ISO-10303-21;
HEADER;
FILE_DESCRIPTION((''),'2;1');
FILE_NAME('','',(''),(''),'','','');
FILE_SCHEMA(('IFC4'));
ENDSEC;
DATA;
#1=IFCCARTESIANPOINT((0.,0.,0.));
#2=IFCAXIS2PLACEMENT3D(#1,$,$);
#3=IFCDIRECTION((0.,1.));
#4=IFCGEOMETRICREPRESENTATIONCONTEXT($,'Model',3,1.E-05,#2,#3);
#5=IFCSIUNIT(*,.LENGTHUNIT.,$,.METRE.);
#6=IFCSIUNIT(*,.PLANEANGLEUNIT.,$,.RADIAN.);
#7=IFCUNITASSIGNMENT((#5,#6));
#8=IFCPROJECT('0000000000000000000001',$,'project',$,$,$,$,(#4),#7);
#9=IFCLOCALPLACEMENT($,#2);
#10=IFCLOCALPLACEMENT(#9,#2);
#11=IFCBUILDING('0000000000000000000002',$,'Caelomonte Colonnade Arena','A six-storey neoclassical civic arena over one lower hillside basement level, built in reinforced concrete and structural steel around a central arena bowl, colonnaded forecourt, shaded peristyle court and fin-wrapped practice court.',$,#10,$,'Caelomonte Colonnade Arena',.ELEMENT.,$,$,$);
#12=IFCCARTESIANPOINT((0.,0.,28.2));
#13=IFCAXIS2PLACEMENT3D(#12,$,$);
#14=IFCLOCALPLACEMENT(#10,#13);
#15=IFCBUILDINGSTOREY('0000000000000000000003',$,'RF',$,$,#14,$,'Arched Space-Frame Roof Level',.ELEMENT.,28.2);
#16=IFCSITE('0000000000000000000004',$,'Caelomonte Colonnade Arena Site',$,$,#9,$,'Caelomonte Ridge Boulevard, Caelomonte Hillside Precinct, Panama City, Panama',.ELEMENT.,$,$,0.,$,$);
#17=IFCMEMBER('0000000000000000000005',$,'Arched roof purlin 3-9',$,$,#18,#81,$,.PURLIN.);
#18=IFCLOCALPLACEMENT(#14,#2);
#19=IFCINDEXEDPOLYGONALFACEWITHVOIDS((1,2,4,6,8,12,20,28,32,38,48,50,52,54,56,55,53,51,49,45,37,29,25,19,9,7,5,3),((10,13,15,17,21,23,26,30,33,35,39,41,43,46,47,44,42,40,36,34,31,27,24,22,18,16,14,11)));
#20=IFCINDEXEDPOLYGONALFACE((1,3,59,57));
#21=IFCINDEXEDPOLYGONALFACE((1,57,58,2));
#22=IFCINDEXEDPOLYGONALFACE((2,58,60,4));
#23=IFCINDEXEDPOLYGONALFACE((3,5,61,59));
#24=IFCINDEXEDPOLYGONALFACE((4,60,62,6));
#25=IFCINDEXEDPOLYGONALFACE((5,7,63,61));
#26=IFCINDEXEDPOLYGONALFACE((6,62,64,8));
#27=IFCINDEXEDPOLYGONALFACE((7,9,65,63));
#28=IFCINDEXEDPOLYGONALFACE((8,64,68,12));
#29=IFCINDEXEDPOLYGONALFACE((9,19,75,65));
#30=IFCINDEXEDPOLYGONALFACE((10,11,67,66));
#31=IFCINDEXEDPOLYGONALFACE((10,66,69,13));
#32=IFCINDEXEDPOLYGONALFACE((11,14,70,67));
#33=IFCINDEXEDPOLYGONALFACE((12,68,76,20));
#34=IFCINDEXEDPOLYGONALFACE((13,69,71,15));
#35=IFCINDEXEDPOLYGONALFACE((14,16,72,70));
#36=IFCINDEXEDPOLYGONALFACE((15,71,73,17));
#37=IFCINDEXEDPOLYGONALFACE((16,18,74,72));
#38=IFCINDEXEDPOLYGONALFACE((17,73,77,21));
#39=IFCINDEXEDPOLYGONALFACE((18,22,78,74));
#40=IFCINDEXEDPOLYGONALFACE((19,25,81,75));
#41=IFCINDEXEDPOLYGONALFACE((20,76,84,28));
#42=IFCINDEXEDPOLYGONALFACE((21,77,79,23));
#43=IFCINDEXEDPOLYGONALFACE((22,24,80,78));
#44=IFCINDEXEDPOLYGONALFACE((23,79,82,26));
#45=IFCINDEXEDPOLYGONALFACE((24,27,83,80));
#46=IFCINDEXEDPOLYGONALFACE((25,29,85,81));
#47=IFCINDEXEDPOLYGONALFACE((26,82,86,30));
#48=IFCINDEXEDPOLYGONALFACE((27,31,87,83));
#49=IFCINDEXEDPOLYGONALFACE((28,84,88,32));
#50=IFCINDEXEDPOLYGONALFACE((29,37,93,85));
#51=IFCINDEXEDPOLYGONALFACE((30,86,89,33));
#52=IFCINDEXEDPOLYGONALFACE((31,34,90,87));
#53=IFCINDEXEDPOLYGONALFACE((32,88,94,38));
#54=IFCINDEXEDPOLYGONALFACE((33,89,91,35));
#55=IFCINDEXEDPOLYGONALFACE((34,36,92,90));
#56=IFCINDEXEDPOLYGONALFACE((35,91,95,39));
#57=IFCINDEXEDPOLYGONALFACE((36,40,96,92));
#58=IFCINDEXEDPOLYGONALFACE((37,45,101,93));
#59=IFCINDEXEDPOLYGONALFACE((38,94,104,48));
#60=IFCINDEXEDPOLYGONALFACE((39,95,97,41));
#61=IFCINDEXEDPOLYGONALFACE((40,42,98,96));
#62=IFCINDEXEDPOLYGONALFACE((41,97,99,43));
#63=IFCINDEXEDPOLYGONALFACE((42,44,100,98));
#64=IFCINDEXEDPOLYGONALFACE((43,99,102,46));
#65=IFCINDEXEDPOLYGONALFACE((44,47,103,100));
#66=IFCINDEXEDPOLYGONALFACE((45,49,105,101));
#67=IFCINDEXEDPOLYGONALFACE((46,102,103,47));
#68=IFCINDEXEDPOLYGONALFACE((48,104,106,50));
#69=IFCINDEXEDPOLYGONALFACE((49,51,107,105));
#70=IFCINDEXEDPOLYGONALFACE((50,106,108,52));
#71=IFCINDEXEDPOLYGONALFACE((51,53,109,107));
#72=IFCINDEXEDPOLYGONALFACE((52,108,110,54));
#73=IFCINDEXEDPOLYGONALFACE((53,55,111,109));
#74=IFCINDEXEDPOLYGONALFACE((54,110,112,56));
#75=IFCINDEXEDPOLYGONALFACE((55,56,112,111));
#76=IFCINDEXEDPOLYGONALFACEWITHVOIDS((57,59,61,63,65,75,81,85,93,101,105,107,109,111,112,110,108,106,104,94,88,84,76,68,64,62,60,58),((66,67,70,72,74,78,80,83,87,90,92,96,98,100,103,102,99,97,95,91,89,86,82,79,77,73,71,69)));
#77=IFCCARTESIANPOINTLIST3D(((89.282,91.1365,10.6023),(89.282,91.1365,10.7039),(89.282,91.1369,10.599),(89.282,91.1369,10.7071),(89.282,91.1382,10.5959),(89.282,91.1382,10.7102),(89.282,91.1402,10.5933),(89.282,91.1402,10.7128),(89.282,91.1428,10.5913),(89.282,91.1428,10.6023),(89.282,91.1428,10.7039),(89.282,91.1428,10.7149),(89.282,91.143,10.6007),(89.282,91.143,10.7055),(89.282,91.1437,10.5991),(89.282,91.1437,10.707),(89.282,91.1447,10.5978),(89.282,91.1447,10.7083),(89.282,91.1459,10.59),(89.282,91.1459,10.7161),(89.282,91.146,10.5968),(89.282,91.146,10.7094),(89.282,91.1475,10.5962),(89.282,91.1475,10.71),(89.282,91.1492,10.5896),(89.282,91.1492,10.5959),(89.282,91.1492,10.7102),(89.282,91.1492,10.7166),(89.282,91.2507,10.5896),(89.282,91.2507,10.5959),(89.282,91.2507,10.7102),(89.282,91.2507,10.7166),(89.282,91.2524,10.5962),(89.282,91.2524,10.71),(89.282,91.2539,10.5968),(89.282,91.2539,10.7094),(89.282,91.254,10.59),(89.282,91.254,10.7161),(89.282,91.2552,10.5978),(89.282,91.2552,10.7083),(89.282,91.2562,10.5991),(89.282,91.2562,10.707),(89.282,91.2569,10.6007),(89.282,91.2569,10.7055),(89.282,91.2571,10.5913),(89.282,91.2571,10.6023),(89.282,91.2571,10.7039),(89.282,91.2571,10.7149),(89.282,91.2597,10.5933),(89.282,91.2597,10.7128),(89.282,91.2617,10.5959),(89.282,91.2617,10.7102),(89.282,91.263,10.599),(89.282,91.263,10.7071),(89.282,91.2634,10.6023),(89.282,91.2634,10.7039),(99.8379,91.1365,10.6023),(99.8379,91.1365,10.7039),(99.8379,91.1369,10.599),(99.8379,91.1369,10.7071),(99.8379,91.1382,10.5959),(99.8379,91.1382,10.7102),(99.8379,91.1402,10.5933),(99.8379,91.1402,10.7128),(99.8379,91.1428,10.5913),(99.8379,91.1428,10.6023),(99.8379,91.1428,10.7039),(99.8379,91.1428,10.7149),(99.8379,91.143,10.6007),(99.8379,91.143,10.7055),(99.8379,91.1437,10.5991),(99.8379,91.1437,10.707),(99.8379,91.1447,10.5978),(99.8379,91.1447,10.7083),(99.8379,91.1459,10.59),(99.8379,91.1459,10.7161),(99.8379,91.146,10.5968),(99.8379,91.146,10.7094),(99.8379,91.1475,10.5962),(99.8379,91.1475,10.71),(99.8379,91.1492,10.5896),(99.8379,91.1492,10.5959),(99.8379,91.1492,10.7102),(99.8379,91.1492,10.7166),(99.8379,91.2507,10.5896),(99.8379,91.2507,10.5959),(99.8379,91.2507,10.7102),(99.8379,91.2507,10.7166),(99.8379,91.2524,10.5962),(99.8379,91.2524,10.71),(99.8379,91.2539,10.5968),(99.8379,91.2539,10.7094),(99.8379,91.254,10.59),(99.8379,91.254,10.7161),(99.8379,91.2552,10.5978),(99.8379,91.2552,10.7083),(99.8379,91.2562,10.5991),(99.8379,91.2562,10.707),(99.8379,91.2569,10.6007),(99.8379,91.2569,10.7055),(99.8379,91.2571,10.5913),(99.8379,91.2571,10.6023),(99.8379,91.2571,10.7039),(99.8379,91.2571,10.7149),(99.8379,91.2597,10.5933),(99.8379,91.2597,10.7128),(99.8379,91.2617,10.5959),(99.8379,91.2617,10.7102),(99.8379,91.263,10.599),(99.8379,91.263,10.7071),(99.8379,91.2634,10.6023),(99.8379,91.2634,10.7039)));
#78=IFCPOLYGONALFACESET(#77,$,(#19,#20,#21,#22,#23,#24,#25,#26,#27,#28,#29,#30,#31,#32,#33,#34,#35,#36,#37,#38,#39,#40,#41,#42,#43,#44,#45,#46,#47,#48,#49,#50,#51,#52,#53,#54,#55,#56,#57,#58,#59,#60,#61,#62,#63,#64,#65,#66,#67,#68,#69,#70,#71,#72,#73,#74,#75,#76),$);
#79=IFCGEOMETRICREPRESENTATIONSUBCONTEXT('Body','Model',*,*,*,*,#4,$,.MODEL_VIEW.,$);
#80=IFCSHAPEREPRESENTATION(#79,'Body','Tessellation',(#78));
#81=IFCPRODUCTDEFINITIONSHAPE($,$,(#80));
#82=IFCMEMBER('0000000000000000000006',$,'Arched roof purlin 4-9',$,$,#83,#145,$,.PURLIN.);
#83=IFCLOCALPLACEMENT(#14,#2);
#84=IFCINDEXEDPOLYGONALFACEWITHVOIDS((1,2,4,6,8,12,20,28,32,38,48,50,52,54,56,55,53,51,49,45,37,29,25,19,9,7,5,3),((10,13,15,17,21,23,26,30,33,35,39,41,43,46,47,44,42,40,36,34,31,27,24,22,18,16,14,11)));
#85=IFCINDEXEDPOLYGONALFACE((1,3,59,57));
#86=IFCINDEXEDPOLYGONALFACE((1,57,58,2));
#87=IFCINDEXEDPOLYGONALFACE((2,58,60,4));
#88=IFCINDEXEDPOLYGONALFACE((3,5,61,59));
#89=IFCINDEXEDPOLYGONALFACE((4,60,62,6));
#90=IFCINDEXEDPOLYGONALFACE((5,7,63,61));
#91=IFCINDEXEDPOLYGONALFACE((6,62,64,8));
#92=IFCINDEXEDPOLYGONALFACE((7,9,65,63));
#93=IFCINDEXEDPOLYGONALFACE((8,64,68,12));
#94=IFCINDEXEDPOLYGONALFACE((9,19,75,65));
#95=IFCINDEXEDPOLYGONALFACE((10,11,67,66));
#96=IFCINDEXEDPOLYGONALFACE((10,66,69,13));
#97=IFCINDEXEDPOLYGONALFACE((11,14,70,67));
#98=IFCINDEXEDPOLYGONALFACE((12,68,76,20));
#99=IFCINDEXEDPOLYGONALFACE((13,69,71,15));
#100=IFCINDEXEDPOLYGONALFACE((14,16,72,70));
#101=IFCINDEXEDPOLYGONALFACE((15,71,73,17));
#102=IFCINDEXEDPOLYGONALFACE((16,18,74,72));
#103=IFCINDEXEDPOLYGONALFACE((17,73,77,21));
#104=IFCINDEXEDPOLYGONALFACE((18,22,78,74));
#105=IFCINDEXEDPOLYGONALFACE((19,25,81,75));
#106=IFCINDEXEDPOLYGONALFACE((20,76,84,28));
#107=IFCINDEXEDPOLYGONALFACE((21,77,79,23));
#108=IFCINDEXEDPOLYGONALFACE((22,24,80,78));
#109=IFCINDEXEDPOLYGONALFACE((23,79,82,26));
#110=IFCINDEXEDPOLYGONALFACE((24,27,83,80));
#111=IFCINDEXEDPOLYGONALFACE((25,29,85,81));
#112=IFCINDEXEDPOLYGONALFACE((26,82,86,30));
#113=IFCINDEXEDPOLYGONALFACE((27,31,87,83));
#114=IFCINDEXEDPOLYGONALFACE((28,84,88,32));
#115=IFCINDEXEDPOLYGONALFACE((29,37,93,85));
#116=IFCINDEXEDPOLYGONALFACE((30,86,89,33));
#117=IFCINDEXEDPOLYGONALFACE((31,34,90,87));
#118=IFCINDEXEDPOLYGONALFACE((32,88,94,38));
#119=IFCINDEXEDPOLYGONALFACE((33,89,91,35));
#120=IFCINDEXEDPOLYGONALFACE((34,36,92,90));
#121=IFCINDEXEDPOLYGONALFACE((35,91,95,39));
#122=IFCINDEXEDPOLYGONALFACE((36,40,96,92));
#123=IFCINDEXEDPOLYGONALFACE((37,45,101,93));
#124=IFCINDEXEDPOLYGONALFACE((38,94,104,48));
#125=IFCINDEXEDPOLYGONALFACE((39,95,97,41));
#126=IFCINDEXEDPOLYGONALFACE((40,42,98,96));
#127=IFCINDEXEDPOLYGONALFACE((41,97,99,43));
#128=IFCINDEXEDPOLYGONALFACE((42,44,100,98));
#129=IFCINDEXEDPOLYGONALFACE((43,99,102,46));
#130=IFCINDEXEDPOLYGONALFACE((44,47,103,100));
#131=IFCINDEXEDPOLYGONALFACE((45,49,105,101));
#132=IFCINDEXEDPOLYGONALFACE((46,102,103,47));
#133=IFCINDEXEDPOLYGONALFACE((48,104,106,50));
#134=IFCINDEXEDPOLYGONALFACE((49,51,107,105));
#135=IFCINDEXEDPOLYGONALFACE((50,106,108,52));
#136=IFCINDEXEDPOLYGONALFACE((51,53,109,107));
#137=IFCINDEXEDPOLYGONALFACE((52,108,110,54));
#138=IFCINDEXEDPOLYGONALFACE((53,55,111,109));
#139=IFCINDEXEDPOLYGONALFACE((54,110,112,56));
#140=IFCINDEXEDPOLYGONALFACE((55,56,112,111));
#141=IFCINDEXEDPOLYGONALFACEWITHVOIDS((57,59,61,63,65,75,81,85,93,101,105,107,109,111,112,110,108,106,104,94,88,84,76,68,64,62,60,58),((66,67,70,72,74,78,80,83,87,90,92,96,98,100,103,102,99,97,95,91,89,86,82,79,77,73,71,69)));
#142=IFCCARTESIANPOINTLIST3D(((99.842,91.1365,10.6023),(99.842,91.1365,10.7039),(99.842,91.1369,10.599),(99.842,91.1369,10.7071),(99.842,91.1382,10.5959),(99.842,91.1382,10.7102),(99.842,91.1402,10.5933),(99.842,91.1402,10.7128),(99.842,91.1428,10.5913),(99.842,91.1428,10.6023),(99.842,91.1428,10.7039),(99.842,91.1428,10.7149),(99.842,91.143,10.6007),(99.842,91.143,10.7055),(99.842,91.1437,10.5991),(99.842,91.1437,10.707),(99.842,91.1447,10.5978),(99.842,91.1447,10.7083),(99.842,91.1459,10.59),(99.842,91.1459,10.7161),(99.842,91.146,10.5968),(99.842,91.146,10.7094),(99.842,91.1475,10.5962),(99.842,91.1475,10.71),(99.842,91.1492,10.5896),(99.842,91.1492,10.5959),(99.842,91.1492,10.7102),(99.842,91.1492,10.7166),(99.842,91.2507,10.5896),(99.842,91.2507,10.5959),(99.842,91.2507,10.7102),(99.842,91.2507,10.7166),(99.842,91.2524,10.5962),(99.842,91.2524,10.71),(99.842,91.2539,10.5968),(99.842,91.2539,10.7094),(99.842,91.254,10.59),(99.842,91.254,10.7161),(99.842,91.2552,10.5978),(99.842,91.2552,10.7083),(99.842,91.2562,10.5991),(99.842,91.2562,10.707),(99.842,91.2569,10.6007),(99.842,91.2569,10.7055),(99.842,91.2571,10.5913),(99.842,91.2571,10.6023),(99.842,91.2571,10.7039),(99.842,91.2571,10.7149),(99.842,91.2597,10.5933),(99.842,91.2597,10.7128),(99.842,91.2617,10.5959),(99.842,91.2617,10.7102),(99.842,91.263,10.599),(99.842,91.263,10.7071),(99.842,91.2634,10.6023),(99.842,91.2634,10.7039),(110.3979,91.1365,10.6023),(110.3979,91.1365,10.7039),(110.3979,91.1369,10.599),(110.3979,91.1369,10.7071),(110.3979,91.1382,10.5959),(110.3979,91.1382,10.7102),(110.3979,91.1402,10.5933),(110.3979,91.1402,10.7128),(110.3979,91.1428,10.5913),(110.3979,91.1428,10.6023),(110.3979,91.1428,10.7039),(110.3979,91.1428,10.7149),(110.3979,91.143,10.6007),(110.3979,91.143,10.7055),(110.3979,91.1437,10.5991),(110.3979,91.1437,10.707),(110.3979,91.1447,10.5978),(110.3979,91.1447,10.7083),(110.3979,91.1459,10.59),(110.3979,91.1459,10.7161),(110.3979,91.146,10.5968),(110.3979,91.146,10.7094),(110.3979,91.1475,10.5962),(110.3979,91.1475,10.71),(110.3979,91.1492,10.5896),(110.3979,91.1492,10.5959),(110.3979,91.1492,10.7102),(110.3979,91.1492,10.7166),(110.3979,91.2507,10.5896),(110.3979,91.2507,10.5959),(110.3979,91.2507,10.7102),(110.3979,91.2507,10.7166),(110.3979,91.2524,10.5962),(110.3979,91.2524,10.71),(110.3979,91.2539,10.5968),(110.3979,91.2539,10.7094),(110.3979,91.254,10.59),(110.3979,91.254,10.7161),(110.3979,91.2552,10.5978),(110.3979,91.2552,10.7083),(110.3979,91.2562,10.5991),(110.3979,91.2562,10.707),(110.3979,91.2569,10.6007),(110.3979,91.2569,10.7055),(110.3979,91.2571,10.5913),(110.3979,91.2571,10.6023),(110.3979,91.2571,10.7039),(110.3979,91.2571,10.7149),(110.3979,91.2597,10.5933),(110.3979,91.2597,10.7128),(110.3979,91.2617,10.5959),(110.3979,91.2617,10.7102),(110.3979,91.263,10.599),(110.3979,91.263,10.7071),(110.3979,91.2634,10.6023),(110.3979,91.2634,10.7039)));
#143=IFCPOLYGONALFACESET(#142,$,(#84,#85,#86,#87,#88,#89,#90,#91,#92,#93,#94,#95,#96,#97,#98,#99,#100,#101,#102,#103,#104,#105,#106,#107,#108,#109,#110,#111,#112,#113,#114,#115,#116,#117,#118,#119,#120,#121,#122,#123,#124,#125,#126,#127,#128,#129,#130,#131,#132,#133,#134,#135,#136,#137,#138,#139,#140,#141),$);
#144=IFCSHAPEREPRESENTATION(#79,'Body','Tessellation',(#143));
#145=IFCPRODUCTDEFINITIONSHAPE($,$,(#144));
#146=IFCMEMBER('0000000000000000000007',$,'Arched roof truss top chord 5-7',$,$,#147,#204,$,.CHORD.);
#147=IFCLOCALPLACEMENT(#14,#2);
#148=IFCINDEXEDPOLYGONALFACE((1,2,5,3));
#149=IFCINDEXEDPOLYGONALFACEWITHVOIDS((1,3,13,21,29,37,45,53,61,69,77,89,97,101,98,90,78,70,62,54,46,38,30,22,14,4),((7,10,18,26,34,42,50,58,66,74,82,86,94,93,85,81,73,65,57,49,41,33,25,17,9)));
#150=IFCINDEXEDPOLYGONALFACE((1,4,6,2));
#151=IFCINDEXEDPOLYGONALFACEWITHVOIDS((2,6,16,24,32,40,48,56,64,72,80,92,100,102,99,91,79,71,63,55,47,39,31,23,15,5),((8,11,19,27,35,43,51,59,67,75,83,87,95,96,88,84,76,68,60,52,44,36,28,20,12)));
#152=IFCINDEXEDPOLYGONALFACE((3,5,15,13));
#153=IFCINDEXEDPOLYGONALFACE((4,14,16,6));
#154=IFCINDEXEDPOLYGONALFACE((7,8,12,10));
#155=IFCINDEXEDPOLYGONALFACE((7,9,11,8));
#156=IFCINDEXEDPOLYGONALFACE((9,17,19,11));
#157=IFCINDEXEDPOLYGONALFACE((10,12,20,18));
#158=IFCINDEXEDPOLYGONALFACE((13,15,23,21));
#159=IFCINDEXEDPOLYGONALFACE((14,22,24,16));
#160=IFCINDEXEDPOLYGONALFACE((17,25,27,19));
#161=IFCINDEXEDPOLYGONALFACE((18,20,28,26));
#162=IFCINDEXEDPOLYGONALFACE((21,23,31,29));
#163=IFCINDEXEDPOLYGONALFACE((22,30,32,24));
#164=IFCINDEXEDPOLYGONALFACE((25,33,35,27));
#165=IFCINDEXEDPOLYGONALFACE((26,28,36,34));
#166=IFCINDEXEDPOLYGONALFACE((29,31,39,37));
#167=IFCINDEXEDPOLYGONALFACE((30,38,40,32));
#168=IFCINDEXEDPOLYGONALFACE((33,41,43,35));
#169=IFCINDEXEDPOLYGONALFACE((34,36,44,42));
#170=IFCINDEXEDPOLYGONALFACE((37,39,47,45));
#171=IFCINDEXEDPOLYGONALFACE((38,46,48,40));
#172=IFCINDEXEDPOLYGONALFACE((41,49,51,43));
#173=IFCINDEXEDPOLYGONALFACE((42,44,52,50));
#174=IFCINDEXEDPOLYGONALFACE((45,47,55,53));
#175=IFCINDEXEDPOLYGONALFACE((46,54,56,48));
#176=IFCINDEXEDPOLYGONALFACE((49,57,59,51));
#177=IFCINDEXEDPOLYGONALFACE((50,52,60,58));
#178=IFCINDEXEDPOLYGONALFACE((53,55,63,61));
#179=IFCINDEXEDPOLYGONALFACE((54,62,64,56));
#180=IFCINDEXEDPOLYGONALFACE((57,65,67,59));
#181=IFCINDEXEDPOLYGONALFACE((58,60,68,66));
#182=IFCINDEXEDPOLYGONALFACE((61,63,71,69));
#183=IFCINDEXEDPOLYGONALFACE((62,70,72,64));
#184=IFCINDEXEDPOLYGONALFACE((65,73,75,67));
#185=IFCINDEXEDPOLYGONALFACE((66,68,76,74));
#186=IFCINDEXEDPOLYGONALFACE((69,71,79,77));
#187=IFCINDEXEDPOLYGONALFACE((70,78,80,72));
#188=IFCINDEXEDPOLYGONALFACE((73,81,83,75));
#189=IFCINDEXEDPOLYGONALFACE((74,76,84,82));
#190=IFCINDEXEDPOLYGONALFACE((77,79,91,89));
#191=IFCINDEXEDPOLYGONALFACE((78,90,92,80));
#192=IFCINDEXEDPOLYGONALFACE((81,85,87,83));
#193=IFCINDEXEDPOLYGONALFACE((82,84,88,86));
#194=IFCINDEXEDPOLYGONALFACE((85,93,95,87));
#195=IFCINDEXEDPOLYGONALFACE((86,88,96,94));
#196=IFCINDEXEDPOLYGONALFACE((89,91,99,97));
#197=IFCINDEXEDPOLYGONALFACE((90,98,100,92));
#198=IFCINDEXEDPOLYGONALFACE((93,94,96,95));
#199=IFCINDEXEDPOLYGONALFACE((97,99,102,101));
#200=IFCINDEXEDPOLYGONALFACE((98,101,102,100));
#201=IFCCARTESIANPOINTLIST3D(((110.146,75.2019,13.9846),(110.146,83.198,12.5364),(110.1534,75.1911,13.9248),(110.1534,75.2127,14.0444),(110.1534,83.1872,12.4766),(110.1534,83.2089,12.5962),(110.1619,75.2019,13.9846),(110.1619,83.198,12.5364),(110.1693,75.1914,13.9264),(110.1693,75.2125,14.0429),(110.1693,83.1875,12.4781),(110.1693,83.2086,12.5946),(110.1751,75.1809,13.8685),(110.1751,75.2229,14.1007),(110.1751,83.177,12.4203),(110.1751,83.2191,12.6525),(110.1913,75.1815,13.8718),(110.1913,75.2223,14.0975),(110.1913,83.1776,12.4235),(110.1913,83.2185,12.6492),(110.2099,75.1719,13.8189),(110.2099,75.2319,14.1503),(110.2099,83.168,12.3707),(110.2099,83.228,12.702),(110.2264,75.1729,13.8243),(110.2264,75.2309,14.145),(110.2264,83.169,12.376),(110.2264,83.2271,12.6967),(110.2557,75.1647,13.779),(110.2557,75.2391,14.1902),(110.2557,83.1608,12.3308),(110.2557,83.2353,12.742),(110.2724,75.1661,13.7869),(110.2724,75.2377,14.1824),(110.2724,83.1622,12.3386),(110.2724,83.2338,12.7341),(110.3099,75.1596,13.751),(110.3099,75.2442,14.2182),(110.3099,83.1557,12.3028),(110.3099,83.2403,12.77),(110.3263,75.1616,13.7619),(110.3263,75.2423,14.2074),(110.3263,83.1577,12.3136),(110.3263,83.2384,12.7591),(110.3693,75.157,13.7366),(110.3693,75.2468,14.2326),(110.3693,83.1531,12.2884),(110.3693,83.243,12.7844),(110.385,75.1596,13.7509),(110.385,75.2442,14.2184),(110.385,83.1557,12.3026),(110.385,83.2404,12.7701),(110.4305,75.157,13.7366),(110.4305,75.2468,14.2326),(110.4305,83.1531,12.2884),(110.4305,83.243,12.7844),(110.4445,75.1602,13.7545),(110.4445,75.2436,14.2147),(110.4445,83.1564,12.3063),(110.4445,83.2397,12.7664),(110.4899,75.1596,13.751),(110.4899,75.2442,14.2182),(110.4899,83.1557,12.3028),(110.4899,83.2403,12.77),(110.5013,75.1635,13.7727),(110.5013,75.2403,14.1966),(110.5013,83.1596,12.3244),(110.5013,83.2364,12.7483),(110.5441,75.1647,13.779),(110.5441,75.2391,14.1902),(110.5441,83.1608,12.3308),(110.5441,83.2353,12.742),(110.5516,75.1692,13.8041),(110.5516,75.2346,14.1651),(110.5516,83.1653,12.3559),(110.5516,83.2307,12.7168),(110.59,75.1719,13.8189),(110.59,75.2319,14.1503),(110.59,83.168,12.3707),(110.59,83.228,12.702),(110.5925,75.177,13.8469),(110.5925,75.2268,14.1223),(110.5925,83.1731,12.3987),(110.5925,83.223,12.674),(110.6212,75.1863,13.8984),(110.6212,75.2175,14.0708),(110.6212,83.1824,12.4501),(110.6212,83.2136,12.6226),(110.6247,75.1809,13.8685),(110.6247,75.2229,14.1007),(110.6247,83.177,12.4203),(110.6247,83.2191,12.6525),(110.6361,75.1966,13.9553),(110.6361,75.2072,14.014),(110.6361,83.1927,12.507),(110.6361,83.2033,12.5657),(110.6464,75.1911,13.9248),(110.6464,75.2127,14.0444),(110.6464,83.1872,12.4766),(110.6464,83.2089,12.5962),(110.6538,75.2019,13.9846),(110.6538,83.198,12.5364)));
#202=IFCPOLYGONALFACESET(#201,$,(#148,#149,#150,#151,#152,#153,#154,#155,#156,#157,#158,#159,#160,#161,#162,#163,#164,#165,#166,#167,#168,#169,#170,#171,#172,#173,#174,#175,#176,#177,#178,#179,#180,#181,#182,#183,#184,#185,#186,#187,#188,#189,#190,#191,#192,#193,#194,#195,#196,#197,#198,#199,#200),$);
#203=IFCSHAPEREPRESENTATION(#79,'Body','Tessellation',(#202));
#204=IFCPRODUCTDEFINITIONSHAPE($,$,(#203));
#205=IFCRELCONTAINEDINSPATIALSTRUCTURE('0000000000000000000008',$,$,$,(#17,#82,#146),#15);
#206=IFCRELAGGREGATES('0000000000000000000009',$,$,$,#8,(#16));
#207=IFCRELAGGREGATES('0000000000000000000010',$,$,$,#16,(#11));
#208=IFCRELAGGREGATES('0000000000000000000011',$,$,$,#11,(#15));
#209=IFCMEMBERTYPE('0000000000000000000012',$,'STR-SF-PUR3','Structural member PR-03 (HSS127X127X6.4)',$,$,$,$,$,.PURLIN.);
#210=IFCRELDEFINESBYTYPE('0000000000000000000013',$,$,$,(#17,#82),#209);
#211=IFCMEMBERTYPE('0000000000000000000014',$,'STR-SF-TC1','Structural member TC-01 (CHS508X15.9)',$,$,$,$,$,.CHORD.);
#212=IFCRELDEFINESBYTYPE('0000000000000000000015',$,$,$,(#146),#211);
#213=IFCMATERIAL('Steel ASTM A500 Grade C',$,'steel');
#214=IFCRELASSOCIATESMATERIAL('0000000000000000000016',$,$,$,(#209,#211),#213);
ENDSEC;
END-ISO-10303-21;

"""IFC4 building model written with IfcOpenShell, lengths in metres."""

from ifc_helpers import new_model, si_unit, direction, frame, origin, origin_2d, place, context, subcontext, project, spatial, hollow_rectangle, hollow_circle, extrude, material, material_profile, profile_set, type_object, element, save


model = new_model("IFC4")

# Units and contexts
model_context = context("Model", 3, precision=1e-05, world=origin(), true_north=direction((0.0, 1.0)))
body_context = subcontext(model_context, "Body", "Model", "MODEL_VIEW")
ifc_project = project(units=[si_unit("LENGTHUNIT", "METRE"), si_unit("PLANEANGLEUNIT", "RADIAN")], contexts=[model_context])

# Site, building, storey
site_placement = place(None, origin())
site = spatial("IfcSite", under=ifc_project, at=site_placement, Name="Caelomonte Colonnade Arena Site", LongName="Caelomonte Ridge Boulevard, Caelomonte Hillside Precinct, Panama City, Panama", CompositionType="ELEMENT", RefElevation=0.0)
building_placement = place(site_placement, origin())
building = spatial("IfcBuilding", under=site, at=building_placement, Name="Caelomonte Colonnade Arena", Description="A six-storey neoclassical civic arena over one lower hillside basement level, built in reinforced concrete and structural steel around a central arena bowl, colonnaded forecourt, shaded peristyle court and fin-wrapped practice court.", LongName="Caelomonte Colonnade Arena", CompositionType="ELEMENT")
storey_placement = place(building_placement, frame((0.0, 0.0, 28.2)))
storey = spatial("IfcBuildingStorey", under=building, at=storey_placement, Name="RF", LongName="Arched Space-Frame Roof Level", CompositionType="ELEMENT", Elevation=28.2)

# Members
ifc_material_1 = material(Name="Steel ASTM A500 Grade C", Category="steel")
ifc_material_profile_1 = material_profile(ifc_material_1, hollow_rectangle(XDim=0.127, YDim=0.127, WallThickness=0.0063, InnerFilletRadius=0.0063, OuterFilletRadius=0.0127, at=origin_2d()), Name="HSS127X127X6.4")
ifc_profile_set_1 = profile_set([ifc_material_profile_1], Name="Steel ASTM A500 Grade C")
member_type_1 = type_object("IfcMemberType", Name="STR-SF-PUR3", Description="Structural member PR-03 (HSS127X127X6.4)", PredefinedType="PURLIN", material=ifc_profile_set_1)
for number, where, z_axis, x_axis, name in (
    (1, (89.282, 91.2, 10.6531), (1.0, 0.0, 0.0), (0.0, 1.0, 0.0), "Arched roof purlin 3-9"),
    (2, (99.842, 91.2, 10.6531), (1.0, 0.0, 0.0), (0.0, 1.0, 0.0), "Arched roof purlin 4-9"),
):
    element("IfcMember", number, at=place(storey_placement, frame(where, z_axis=z_axis, x_axis=x_axis)), inside=storey, type_object=member_type_1, Name=name, PredefinedType="PURLIN", context=body_context, shape_type="SweptSolid", body=[
        extrude(hollow_rectangle(XDim=0.127, YDim=0.127, WallThickness=0.0063, InnerFilletRadius=0.0063, OuterFilletRadius=0.0127, at=origin_2d()), origin(), (0.0, 0.0, 1.0), 10.5559),
    ])
ifc_material_profile_2 = material_profile(ifc_material_1, hollow_circle(Radius=0.2539, WallThickness=0.0159, at=origin_2d()), Name="CHS508X15.9")
ifc_profile_set_2 = profile_set([ifc_material_profile_2], Name="Steel ASTM A500 Grade C")
member_type_2 = type_object("IfcMemberType", Name="STR-SF-TC1", Description="Structural member TC-01 (CHS508X15.9)", PredefinedType="CHORD", material=ifc_profile_set_2)
member_1_placement = place(storey_placement, frame((110.3999, 75.2019, 13.9846), z_axis=(0.0, 0.983991, -0.178219), x_axis=(-1.0, 0.0, 0.0)))
element("IfcMember", 3, at=member_1_placement, inside=storey, type_object=member_type_2, Name="Arched roof truss top chord 5-7", PredefinedType="CHORD", context=body_context, shape_type="SweptSolid", body=[
    extrude(hollow_circle(Radius=0.2539, WallThickness=0.0159, at=origin_2d()), origin(), (0.0, 0.0, 1.0), 8.1262),
])

save(model, "model.ifc")
